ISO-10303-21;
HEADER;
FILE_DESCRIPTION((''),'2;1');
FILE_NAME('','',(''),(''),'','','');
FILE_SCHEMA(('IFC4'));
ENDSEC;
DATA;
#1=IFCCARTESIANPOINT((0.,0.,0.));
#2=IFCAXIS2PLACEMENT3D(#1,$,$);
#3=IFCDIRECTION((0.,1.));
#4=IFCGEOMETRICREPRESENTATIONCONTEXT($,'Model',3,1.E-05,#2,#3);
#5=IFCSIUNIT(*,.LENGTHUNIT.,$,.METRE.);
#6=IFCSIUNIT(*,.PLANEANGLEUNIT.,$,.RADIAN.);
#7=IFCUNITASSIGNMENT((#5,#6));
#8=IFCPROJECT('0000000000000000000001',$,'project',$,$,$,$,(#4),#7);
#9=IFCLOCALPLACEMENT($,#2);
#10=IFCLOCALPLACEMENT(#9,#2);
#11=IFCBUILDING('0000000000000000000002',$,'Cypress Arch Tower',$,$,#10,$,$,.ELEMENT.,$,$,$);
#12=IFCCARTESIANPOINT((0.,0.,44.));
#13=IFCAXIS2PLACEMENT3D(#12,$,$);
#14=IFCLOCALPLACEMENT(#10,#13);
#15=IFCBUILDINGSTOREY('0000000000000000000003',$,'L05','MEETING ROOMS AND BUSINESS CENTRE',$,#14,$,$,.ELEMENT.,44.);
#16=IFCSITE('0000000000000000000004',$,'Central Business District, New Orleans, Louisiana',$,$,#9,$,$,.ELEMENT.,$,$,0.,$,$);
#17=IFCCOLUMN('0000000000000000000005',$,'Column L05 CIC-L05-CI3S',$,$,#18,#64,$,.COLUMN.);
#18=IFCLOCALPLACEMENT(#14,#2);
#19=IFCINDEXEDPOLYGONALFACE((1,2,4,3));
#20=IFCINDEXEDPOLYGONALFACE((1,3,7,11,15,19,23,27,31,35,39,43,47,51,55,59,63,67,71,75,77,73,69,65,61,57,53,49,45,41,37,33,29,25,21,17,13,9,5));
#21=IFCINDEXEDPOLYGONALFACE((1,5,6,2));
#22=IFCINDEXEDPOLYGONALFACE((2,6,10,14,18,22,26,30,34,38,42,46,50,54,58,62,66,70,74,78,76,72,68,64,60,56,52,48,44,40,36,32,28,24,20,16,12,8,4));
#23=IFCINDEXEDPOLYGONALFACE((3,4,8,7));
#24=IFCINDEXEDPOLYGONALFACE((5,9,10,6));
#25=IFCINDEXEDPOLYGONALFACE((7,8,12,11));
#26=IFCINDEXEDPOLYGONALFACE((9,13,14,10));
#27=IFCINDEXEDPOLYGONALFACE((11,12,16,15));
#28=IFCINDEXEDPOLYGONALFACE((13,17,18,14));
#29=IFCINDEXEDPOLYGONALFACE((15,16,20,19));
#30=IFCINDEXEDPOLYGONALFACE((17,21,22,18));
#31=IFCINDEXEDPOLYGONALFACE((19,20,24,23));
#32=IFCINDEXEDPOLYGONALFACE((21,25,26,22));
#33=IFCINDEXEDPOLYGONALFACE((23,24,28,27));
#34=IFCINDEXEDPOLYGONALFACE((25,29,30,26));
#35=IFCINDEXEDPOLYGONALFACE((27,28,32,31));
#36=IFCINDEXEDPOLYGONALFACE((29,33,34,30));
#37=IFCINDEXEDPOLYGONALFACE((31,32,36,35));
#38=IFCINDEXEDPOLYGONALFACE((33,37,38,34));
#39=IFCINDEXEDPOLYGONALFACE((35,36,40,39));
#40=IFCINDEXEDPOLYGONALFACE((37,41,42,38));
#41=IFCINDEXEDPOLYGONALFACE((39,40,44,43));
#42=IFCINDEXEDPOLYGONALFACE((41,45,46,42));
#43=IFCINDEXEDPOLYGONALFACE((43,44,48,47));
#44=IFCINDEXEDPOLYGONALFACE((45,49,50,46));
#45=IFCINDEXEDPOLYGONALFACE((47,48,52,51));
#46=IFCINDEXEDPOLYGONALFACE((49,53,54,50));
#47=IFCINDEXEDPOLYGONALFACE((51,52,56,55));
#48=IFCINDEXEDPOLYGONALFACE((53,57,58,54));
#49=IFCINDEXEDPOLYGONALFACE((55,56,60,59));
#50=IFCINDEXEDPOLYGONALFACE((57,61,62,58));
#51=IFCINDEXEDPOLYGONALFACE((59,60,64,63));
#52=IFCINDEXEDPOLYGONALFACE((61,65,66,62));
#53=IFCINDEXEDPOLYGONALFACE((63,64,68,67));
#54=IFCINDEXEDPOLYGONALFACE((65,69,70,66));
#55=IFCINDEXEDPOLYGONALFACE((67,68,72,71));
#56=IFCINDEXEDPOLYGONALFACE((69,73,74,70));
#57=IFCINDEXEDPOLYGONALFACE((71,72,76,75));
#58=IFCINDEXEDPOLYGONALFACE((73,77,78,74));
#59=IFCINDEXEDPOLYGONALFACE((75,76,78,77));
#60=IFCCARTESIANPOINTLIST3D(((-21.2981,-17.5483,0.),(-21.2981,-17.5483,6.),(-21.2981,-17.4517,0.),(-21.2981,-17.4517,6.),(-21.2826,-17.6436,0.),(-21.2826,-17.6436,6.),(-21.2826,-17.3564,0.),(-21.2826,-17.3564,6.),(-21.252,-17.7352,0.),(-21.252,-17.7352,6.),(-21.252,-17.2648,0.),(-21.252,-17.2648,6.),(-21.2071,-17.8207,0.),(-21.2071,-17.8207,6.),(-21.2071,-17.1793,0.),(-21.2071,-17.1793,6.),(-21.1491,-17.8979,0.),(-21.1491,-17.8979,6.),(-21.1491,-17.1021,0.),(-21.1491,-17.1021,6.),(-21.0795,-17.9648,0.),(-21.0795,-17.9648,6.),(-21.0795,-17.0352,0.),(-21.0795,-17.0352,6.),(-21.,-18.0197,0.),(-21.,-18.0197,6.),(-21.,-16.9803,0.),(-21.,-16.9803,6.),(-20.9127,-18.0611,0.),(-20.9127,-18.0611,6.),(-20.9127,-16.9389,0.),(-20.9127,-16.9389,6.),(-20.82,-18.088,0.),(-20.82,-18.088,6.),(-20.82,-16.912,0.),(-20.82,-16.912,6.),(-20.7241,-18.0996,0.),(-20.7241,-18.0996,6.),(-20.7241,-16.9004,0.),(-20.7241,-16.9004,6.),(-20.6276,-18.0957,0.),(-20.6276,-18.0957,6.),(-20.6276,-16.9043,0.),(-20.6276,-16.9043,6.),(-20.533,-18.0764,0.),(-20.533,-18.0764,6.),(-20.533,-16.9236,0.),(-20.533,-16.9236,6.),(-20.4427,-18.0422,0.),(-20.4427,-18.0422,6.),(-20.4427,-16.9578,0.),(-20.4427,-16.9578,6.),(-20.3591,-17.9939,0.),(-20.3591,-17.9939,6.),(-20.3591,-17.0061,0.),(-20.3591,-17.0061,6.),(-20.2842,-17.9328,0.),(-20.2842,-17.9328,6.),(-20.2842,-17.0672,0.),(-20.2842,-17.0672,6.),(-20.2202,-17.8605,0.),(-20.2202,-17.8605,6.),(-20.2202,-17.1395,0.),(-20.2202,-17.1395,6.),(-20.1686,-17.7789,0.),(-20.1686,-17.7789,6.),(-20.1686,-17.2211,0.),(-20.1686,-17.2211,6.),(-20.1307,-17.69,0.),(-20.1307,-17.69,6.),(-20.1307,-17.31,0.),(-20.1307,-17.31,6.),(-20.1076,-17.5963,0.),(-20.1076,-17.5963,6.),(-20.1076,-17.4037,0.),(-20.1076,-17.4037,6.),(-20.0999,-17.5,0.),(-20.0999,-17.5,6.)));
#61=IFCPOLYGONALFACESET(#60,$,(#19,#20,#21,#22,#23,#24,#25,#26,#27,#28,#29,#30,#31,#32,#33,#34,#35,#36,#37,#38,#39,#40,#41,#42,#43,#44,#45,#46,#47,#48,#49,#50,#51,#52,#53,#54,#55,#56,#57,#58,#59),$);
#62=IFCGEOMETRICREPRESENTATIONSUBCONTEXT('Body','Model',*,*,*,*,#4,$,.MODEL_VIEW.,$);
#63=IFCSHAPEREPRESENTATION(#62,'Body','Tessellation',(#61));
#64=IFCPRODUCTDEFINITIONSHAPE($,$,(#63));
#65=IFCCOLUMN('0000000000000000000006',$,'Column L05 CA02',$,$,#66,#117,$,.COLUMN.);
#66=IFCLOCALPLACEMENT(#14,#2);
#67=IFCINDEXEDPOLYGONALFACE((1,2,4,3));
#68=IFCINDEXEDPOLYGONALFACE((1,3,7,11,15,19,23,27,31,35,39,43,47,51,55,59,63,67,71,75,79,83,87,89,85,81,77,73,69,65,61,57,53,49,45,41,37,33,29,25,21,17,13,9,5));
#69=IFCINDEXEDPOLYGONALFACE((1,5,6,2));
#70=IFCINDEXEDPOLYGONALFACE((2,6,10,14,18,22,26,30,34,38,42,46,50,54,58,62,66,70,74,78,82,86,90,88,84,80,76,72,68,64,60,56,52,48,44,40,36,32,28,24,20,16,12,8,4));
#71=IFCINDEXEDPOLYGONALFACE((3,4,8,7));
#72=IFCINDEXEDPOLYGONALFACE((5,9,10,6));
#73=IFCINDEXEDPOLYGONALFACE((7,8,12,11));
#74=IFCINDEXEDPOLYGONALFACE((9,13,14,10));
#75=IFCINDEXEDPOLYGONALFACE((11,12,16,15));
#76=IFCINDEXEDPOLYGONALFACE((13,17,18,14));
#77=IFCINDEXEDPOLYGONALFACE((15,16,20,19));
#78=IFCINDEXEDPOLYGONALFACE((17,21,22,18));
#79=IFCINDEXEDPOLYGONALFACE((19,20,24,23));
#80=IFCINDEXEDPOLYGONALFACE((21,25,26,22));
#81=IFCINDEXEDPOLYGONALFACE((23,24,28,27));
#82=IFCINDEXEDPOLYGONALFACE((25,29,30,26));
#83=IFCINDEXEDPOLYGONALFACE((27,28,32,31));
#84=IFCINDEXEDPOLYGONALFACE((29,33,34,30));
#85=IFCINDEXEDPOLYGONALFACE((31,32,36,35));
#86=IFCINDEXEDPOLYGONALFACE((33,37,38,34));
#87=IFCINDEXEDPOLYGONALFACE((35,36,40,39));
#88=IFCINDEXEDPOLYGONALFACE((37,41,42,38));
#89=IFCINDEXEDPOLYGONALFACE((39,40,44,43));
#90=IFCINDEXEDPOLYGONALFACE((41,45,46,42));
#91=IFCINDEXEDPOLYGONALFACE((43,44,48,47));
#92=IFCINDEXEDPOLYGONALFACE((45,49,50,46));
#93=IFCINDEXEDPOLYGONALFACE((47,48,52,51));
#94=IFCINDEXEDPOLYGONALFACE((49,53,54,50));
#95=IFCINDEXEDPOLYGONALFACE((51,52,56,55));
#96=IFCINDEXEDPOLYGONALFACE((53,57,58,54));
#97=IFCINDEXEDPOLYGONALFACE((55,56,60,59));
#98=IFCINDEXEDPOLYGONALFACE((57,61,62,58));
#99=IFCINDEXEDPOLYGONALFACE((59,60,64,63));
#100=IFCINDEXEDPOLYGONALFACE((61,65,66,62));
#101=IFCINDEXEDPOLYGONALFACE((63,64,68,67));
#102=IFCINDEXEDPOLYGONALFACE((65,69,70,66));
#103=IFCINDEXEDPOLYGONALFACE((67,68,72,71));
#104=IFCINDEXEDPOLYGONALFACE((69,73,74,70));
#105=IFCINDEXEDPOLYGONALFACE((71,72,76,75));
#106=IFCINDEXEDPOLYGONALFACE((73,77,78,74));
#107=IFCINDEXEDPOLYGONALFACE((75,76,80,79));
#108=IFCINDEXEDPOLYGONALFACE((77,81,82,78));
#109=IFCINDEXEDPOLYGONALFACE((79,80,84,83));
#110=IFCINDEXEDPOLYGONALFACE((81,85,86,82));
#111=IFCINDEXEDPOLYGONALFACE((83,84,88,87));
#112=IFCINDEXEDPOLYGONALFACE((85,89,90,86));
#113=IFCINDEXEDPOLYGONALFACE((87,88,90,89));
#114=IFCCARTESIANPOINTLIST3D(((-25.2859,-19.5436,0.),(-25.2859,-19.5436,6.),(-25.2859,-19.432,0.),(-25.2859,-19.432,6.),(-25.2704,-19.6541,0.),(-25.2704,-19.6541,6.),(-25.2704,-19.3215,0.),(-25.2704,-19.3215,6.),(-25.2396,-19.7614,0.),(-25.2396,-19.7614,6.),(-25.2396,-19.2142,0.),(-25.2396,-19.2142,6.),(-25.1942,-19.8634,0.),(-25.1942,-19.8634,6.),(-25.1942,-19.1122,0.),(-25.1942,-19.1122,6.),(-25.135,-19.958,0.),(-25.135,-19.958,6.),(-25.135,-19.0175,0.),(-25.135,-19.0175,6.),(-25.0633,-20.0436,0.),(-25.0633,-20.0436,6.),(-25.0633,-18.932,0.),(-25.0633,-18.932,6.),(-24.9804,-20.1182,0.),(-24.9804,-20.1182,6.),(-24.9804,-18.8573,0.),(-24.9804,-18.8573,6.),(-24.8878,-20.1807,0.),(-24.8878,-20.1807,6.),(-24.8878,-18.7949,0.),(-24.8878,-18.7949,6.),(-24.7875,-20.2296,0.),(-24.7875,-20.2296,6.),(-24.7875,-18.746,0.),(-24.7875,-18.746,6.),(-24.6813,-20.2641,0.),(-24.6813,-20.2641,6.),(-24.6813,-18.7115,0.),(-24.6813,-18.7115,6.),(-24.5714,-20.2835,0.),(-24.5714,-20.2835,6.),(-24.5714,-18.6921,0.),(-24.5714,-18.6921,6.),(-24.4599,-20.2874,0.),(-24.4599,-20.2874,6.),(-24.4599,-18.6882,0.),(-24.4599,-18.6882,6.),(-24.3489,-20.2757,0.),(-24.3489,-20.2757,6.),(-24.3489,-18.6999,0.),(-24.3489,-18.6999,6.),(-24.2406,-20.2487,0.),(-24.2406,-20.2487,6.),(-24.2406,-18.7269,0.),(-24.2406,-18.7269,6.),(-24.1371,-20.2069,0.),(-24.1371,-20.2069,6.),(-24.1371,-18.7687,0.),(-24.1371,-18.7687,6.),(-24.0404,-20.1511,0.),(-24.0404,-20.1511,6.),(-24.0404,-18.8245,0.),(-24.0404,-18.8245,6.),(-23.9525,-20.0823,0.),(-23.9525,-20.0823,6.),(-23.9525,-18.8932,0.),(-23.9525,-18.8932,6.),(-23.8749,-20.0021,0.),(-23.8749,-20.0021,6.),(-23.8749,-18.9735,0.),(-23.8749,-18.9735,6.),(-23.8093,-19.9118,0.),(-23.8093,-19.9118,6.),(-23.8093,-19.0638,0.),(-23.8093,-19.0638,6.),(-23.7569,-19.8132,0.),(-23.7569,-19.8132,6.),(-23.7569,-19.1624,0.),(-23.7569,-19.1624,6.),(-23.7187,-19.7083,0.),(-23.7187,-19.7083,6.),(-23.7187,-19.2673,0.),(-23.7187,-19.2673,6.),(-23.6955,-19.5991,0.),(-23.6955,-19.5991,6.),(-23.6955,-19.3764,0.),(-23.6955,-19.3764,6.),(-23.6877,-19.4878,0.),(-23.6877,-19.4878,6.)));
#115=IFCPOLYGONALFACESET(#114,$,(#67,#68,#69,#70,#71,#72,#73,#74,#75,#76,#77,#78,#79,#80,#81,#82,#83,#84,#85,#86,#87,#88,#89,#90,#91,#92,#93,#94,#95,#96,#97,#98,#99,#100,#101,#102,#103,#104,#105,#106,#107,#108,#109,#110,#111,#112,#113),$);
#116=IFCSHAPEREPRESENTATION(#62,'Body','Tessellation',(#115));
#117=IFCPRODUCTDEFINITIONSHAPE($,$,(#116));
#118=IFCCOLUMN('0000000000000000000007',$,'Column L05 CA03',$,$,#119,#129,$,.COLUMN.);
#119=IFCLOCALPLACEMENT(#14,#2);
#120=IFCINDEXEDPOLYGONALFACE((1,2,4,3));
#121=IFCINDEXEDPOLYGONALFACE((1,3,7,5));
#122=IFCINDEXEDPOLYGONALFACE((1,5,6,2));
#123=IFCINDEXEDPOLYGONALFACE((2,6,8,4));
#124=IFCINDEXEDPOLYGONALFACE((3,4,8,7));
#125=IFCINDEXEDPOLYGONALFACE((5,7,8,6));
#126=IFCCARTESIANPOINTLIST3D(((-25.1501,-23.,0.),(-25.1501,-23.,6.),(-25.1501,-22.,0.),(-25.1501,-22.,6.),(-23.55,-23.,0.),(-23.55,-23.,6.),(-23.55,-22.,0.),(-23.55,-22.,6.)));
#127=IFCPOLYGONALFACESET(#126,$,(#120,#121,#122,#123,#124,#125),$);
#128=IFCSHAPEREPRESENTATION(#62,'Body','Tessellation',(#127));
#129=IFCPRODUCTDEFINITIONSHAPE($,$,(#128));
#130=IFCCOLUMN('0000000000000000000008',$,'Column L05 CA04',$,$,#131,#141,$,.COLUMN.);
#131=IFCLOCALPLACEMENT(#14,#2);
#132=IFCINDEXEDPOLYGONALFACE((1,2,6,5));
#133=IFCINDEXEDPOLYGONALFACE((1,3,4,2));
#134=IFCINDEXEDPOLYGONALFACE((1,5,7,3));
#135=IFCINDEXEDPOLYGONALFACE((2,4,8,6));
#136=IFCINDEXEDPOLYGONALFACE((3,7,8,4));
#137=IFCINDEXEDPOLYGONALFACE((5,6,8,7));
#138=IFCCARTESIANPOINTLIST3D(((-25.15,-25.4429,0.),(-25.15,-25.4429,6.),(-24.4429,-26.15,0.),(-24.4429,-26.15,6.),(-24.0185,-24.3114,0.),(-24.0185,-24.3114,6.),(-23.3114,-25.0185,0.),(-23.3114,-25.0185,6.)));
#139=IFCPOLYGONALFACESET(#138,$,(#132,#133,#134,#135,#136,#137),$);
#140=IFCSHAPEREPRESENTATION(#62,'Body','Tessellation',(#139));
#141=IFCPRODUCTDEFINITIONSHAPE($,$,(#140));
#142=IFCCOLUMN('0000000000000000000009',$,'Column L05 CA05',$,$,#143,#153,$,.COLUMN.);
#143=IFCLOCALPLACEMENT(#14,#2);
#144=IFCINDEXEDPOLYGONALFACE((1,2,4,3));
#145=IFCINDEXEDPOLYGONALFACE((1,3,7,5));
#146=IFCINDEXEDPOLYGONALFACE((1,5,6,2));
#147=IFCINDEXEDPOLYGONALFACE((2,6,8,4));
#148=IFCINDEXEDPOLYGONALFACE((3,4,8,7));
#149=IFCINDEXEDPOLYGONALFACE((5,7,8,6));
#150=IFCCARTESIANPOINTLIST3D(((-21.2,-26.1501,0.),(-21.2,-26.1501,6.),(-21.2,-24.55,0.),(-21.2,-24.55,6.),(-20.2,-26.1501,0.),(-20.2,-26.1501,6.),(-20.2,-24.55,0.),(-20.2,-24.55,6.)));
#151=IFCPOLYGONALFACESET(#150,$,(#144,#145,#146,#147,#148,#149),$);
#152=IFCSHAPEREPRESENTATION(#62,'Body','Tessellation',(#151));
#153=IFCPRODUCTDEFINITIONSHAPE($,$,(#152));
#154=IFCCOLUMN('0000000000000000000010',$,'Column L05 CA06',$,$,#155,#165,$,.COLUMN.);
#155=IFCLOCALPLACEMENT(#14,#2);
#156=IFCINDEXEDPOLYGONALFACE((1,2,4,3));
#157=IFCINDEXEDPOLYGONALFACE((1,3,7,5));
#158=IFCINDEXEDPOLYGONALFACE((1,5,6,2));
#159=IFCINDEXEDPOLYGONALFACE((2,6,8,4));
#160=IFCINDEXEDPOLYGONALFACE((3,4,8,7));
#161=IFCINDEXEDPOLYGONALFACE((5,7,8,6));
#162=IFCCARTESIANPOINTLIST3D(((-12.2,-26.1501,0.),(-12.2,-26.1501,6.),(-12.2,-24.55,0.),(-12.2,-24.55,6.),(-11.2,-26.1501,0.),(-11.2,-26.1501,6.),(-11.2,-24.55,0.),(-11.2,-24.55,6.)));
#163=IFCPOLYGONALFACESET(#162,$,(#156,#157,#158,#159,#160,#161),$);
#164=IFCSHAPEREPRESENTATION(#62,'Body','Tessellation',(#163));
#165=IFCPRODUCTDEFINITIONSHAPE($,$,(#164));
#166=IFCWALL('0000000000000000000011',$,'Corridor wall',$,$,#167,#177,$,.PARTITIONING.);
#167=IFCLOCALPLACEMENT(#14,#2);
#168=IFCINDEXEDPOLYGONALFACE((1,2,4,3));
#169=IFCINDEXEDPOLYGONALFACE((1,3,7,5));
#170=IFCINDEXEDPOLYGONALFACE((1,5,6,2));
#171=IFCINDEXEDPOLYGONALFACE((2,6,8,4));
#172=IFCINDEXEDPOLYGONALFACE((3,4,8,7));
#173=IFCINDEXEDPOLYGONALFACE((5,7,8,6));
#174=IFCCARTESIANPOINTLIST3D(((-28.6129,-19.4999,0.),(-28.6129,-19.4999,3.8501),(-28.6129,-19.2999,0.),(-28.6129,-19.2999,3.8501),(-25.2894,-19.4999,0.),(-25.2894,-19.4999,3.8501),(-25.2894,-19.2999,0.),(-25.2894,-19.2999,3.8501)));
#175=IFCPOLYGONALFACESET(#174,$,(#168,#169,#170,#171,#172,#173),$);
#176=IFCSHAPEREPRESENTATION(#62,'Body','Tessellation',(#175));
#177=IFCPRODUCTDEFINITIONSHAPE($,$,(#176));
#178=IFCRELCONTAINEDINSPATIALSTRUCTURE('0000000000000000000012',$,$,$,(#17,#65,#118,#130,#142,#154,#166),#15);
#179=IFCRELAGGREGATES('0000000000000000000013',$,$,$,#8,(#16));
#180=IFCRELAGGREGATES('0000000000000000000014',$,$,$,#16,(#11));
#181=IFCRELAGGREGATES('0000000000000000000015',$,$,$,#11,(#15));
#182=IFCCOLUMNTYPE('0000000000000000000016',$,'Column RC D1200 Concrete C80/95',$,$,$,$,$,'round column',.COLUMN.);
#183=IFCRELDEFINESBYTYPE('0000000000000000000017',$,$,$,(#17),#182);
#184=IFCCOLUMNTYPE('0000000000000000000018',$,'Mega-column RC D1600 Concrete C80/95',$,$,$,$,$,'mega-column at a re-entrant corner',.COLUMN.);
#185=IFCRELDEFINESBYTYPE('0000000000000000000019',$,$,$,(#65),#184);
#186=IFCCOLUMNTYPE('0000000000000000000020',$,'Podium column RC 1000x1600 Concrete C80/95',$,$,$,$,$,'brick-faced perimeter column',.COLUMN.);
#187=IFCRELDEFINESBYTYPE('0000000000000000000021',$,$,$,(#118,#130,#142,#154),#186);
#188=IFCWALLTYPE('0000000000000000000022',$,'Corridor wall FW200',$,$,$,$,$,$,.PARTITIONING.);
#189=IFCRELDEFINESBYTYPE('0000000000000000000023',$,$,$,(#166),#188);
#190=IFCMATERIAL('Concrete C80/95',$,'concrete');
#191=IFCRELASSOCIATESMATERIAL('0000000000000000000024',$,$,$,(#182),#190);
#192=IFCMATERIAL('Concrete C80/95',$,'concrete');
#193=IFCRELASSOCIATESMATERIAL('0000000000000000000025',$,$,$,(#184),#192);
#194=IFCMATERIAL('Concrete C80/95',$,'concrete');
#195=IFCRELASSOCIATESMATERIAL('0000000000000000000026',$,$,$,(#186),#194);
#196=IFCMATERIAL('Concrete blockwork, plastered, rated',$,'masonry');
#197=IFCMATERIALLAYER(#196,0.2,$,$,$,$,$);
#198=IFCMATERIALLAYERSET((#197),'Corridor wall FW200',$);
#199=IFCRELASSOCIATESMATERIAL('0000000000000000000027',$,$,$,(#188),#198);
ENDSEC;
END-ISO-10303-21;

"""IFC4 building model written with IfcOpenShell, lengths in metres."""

from ifc_helpers import new_model, si_unit, direction, frame, frame_2d, origin, origin_2d, place, context, subcontext, project, spatial, rectangle, circle, extrude, material, layer, layer_set, material_profile, profile_set, type_object, element, save


model = new_model("IFC4")

# Units and contexts
model_context = context("Model", 3, precision=1e-05, world=origin(), true_north=direction((0.0, 1.0)))
body_context = subcontext(model_context, "Body", "Model", "MODEL_VIEW")
ifc_project = project(units=[si_unit("LENGTHUNIT", "METRE"), si_unit("PLANEANGLEUNIT", "RADIAN")], contexts=[model_context])

# Site, building, storey
site_placement = place(None, origin())
site = spatial("IfcSite", under=ifc_project, at=site_placement, Name="Central Business District, New Orleans, Louisiana", CompositionType="ELEMENT", RefElevation=0.0)
building_placement = place(site_placement, origin())
building = spatial("IfcBuilding", under=site, at=building_placement, Name="Cypress Arch Tower", CompositionType="ELEMENT")
storey_placement = place(building_placement, frame((0.0, 0.0, 44.0)))
storey = spatial("IfcBuildingStorey", under=building, at=storey_placement, Name="L05", Description="MEETING ROOMS AND BUSINESS CENTRE", CompositionType="ELEMENT", Elevation=44.0)

# Columns
ifc_material_1 = material(Name="Concrete C80/95", Category="concrete")
ifc_material_profile_1 = material_profile(ifc_material_1, circle(Radius=0.6001, at=origin_2d()), Name="RC D1200")
ifc_profile_set_1 = profile_set([ifc_material_profile_1], Name="Concrete C80/95")
column_type_1 = type_object("IfcColumnType", Name="Column RC D1200 Concrete C80/95", ElementType="round column", PredefinedType="COLUMN", material=ifc_profile_set_1)
column_1_placement = place(storey_placement, frame((-20.7, -17.5, 0.0), z_axis=(0.0, 0.0, 1.0), x_axis=(1.0, 0.0, 0.0)))
element("IfcColumn", 1, at=column_1_placement, inside=storey, type_object=column_type_1, Name="Column L05 CIC-L05-CI3S", PredefinedType="COLUMN", context=body_context, shape_type="SweptSolid", body=[
    extrude(circle(Radius=0.6001, at=origin_2d()), origin(), (0.0, 0.0, 1.0), 6.0),
])
ifc_material_2 = material(Name="Concrete C80/95", Category="concrete")
ifc_material_profile_2 = material_profile(ifc_material_2, circle(Radius=0.8, at=origin_2d()), Name="RC D1600")
ifc_profile_set_2 = profile_set([ifc_material_profile_2], Name="Concrete C80/95")
column_type_2 = type_object("IfcColumnType", Name="Mega-column RC D1600 Concrete C80/95", ElementType="mega-column at a re-entrant corner", PredefinedType="COLUMN", material=ifc_profile_set_2)
column_2_placement = place(storey_placement, frame((-24.4878, -19.4878, 0.0), z_axis=(0.0, 0.0, 1.0), x_axis=(1.0, 0.0, 0.0)))
element("IfcColumn", 2, at=column_2_placement, inside=storey, type_object=column_type_2, Name="Column L05 CA02", PredefinedType="COLUMN", context=body_context, shape_type="SweptSolid", body=[
    extrude(circle(Radius=0.8, at=origin_2d()), origin(), (0.0, 0.0, 1.0), 6.0),
])
ifc_material_3 = material(Name="Concrete C80/95", Category="concrete")
ifc_material_profile_3 = material_profile(ifc_material_3, rectangle(XDim=1.0, YDim=1.6001, at=origin_2d()), Name="RC 1000x1600")
ifc_profile_set_3 = profile_set([ifc_material_profile_3], Name="Concrete C80/95")
column_type_3 = type_object("IfcColumnType", Name="Podium column RC 1000x1600 Concrete C80/95", ElementType="brick-faced perimeter column", PredefinedType="COLUMN", material=ifc_profile_set_3)
for number, where, z_axis, x_axis, name in (
    (3, (-24.3501, -22.5, 0.0), (0.0, 0.0, 1.0), (0.0, -1.0, 0.0), "Column L05 CA03"),
    (4, (-24.2307, -25.2307, 0.0), (0.0, 0.0, 1.0), (0.707107, -0.707107, 0.0), "Column L05 CA04"),
    (5, (-20.7, -25.3501, 0.0), (0.0, 0.0, 1.0), (1.0, 0.0, 0.0), "Column L05 CA05"),
    (6, (-11.7, -25.3501, 0.0), (0.0, 0.0, 1.0), (1.0, 0.0, 0.0), "Column L05 CA06"),
):
    element("IfcColumn", number, at=place(storey_placement, frame(where, z_axis=z_axis, x_axis=x_axis)), inside=storey, type_object=column_type_3, Name=name, PredefinedType="COLUMN", context=body_context, shape_type="SweptSolid", body=[
        extrude(rectangle(XDim=1.0, YDim=1.6001, at=origin_2d()), origin(), (0.0, 0.0, 1.0), 6.0),
    ])

# Wall
ifc_material_4 = material(Name="Concrete blockwork, plastered, rated", Category="masonry")
ifc_layer_1 = layer(ifc_material_4, 0.2)
ifc_layer_set_1 = layer_set([ifc_layer_1], Name="Corridor wall FW200")
wall_type_1 = type_object("IfcWallType", Name="Corridor wall FW200", PredefinedType="PARTITIONING", material=ifc_layer_set_1)
wall_1_placement = place(storey_placement, frame((-28.6128, -19.3999, 0.0), z_axis=(0.0, 0.0, 1.0), x_axis=(1.0, 0.0, 0.0)))
element("IfcWall", 7, at=wall_1_placement, inside=storey, type_object=wall_type_1, Name="Corridor wall", PredefinedType="PARTITIONING", context=body_context, shape_type="SweptSolid", body=[
    extrude(rectangle(XDim=3.3235, YDim=0.2, at=frame_2d((1.6616, 0.0))), origin(), (0.0, 0.0, 1.0), 3.8501),
])

save(model, "model.ifc")
